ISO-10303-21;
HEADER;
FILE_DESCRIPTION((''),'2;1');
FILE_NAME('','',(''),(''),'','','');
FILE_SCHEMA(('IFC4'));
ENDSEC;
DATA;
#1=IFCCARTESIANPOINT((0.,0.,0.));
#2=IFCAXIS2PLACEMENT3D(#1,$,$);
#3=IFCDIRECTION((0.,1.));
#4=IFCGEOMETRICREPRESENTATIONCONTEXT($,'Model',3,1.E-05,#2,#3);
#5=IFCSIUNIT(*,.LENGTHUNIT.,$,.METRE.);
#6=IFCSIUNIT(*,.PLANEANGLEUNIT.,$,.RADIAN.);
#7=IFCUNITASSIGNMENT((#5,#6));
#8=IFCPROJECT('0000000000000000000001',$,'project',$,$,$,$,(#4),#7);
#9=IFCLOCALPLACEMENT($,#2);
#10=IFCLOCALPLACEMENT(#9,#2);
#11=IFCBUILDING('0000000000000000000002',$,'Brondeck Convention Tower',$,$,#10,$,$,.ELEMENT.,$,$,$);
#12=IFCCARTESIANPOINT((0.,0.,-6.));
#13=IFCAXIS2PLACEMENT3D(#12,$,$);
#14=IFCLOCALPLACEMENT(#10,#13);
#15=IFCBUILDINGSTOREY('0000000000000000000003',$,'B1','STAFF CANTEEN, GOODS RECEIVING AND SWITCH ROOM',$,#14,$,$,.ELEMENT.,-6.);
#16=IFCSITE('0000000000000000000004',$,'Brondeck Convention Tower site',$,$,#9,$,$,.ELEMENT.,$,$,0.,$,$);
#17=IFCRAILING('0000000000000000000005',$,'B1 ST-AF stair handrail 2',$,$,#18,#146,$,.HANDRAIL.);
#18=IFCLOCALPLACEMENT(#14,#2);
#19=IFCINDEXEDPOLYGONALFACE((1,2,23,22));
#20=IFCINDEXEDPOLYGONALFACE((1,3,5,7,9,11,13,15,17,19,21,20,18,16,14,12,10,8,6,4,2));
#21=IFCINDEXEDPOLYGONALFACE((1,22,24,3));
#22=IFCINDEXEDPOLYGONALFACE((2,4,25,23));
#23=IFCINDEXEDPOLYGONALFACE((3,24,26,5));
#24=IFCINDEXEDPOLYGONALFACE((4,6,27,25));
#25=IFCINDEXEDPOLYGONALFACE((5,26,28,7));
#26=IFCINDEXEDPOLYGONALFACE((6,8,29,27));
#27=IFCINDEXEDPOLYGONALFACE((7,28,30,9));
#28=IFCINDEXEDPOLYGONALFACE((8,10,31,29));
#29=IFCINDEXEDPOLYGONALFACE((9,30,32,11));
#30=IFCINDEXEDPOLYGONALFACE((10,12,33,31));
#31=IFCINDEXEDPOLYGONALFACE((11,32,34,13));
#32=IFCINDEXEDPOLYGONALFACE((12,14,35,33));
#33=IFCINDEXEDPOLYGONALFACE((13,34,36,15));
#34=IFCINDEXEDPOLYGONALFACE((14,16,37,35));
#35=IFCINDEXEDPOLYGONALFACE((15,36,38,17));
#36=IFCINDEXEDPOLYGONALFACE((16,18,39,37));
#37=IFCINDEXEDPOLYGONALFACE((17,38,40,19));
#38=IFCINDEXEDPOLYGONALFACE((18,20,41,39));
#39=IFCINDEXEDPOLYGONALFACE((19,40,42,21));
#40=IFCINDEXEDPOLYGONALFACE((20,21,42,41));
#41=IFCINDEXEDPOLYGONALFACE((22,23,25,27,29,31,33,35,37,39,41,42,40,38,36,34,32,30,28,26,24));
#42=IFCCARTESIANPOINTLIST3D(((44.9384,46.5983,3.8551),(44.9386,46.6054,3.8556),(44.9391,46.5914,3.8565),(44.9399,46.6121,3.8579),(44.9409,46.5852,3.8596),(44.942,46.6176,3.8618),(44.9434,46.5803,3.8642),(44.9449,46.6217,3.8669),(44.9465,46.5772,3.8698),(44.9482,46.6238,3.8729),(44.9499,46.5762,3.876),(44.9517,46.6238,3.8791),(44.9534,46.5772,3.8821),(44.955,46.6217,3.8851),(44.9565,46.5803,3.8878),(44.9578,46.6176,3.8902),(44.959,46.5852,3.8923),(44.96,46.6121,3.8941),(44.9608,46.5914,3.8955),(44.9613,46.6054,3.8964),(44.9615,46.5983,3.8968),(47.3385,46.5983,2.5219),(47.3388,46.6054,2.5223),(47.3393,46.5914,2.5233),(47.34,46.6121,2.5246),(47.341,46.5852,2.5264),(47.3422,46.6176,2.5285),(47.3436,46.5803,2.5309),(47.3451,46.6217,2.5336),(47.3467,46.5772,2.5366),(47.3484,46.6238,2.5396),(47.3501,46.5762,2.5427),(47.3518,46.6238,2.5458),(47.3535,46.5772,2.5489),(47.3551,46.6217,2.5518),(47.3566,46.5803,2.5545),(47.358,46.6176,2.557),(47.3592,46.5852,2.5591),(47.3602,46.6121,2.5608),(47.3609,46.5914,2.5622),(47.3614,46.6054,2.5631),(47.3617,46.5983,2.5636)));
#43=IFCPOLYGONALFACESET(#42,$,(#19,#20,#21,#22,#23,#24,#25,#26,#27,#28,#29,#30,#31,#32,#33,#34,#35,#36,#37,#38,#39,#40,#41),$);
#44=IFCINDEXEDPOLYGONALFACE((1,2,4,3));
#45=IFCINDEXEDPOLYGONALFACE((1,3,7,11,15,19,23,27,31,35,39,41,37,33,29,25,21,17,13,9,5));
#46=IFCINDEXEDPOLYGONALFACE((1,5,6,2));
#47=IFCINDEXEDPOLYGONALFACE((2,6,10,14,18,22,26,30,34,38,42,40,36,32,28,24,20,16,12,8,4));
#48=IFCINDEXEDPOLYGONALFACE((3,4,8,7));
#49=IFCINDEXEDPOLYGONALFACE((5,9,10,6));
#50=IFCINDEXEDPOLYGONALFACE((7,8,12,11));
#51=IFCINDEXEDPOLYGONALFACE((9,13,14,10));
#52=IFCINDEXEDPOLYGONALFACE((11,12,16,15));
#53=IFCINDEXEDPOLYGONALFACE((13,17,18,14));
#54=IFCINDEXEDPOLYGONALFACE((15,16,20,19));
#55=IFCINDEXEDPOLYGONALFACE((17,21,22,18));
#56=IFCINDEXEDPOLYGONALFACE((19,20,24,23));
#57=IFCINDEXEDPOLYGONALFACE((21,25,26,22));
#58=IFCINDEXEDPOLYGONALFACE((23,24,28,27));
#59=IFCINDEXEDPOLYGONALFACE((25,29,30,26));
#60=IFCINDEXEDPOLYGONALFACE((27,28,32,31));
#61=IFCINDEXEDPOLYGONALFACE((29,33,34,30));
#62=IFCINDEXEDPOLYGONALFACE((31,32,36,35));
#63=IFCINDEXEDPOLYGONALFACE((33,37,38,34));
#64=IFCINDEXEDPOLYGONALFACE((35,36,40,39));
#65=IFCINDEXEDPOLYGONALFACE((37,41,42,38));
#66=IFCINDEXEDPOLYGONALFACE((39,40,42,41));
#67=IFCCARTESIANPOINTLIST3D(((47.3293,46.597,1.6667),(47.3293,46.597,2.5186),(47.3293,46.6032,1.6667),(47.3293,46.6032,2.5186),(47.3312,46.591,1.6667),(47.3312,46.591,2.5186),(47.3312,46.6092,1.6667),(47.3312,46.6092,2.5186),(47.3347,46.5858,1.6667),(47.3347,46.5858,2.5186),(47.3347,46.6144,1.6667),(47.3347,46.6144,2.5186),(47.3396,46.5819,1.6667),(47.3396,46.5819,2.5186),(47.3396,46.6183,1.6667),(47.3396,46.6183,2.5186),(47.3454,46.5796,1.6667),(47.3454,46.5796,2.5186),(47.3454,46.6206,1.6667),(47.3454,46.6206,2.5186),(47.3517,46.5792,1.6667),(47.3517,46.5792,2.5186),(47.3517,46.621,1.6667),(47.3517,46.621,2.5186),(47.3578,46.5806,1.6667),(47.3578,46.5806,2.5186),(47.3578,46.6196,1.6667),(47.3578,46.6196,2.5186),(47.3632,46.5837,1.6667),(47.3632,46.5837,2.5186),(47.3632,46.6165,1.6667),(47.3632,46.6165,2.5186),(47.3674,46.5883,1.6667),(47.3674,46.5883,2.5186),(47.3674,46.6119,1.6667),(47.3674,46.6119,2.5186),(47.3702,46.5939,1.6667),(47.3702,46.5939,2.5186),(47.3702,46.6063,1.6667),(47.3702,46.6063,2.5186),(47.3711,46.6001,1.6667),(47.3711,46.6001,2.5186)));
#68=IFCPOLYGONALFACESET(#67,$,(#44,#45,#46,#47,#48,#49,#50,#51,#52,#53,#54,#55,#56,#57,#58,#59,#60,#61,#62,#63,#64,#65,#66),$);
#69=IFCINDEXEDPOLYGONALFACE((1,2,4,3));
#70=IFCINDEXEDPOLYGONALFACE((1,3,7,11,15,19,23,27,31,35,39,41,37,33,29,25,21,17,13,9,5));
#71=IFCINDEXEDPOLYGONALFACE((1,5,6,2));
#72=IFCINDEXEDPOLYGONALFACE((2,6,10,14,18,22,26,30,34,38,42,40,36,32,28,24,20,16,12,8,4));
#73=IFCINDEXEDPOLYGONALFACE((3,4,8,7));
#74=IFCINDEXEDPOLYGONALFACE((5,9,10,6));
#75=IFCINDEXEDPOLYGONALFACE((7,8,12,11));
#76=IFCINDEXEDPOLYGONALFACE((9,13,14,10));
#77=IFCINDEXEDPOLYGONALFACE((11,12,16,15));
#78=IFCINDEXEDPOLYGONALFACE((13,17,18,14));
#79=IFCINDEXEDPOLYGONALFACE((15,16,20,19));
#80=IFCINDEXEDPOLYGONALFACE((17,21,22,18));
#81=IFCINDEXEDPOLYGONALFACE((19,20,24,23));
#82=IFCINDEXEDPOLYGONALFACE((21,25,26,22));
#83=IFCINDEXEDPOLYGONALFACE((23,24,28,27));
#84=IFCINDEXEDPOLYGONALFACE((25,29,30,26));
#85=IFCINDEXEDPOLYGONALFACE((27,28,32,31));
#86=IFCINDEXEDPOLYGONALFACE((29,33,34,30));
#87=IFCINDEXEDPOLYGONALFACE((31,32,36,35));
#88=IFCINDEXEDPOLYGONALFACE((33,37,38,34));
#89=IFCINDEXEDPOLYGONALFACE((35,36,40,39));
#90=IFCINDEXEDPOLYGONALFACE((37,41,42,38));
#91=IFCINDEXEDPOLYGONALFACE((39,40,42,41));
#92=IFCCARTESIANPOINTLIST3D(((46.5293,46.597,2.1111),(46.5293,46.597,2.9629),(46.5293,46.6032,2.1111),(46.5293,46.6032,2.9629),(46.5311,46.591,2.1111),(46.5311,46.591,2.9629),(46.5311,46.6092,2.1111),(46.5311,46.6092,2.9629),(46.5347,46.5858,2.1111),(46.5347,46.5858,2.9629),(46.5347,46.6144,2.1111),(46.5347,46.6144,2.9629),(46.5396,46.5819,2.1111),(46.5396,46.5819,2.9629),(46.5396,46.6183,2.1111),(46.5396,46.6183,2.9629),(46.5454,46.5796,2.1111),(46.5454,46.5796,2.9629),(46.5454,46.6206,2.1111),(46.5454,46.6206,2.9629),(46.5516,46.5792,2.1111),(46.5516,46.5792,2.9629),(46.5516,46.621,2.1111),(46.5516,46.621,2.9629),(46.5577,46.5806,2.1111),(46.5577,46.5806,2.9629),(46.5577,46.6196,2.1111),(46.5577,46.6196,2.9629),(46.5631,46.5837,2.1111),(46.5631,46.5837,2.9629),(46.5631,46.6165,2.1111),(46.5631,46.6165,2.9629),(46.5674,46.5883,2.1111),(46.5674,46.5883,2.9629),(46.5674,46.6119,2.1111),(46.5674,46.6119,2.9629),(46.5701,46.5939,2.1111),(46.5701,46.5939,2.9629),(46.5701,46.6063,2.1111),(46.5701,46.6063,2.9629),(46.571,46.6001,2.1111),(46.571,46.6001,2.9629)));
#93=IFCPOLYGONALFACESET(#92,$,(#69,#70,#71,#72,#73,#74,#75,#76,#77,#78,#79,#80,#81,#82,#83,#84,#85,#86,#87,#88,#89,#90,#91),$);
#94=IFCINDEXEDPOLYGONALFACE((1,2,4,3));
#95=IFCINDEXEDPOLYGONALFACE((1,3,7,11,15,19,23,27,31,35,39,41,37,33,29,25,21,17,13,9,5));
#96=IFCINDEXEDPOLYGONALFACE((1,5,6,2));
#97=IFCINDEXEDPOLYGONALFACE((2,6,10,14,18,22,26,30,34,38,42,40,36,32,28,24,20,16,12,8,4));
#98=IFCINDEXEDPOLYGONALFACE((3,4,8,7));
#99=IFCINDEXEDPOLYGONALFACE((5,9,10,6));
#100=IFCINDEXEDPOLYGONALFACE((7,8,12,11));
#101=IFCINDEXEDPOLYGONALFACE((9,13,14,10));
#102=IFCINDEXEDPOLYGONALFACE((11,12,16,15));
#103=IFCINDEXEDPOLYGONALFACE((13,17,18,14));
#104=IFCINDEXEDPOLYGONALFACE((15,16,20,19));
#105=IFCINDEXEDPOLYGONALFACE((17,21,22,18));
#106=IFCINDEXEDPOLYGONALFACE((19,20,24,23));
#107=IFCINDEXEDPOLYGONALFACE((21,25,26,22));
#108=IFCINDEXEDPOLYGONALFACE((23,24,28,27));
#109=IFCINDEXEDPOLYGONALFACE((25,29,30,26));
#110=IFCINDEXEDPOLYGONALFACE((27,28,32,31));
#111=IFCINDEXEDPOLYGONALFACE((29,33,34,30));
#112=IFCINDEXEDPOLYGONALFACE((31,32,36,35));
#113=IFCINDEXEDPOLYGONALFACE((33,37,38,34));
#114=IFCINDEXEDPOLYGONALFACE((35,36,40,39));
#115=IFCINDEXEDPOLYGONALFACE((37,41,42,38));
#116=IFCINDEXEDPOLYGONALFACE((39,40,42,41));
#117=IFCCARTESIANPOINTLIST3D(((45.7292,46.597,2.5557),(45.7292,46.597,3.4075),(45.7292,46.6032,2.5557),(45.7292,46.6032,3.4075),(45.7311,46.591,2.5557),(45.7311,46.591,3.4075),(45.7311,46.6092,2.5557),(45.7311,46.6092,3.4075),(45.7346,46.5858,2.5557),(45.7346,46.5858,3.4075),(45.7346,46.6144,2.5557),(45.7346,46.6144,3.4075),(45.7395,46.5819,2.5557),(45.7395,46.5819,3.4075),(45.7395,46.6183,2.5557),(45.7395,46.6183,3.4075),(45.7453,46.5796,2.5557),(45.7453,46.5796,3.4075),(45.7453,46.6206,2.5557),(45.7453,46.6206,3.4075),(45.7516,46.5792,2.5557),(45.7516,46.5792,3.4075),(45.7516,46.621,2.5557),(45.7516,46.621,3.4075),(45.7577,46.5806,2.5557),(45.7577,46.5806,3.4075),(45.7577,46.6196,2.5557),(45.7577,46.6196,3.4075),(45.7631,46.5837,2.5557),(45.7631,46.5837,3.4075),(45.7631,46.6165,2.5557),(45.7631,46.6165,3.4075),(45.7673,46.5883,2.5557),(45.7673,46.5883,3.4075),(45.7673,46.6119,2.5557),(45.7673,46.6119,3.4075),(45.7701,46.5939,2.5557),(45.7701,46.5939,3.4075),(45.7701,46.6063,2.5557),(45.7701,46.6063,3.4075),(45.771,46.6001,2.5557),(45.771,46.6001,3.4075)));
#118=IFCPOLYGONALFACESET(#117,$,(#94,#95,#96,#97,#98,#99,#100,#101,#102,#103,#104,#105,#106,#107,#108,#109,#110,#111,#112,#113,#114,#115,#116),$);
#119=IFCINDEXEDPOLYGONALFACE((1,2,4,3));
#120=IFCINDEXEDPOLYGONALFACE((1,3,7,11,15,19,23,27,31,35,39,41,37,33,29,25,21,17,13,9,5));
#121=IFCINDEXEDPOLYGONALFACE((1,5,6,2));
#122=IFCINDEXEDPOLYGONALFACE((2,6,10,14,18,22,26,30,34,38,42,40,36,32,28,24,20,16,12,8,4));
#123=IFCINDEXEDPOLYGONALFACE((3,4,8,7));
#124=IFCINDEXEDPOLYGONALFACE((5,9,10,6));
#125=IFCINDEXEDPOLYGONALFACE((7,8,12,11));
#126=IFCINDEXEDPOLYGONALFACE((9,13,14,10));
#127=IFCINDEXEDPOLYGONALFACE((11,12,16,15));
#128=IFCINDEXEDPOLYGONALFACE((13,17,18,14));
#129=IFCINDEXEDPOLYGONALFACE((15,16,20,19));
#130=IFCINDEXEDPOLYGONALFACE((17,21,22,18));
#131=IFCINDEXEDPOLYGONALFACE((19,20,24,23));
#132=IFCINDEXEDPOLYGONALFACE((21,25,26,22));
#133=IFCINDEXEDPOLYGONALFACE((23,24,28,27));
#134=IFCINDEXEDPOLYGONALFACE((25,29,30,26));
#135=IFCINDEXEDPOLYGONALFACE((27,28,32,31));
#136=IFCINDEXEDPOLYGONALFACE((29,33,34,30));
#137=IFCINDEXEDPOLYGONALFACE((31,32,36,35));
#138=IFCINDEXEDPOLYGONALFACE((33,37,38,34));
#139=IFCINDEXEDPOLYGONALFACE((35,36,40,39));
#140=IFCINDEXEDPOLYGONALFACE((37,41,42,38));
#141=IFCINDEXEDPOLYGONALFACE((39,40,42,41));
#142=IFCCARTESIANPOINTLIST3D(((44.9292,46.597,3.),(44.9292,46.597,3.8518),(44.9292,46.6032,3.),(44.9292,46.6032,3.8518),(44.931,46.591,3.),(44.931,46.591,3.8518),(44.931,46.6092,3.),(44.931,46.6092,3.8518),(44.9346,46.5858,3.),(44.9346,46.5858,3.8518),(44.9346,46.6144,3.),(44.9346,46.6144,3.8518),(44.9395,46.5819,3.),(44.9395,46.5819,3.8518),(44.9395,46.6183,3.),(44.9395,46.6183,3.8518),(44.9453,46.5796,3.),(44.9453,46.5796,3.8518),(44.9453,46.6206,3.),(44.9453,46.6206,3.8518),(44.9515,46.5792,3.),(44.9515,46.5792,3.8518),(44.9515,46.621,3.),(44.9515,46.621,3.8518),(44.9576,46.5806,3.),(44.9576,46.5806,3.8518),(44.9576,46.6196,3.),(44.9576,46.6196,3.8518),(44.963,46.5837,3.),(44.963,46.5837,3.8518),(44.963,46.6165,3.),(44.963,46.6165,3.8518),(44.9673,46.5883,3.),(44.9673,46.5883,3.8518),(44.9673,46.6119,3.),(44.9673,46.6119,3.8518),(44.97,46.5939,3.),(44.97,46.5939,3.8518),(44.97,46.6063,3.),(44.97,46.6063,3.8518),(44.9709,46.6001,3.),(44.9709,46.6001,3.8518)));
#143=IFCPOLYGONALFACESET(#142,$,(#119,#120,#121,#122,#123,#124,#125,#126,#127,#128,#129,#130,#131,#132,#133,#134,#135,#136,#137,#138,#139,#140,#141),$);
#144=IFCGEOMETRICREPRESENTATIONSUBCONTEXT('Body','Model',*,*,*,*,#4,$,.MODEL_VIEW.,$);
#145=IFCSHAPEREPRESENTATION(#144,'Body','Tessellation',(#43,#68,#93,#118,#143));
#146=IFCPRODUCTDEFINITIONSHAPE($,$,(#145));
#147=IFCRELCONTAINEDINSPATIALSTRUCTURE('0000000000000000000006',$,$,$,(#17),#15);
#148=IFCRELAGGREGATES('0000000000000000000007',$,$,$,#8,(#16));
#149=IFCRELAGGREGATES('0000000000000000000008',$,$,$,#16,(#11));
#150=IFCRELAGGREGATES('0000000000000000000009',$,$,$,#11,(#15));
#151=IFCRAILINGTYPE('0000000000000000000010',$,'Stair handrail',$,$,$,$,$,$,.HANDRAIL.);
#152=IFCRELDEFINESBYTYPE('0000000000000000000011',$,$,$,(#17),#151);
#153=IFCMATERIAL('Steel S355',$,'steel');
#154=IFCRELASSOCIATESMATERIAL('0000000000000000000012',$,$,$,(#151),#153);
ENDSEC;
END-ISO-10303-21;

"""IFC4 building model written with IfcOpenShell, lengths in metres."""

from ifc_helpers import new_model, si_unit, direction, frame, origin, origin_2d, place, context, subcontext, project, spatial, circle, extrude, material, type_object, element, save


model = new_model("IFC4")

# Units and contexts
model_context = context("Model", 3, precision=1e-05, world=origin(), true_north=direction((0.0, 1.0)))
body_context = subcontext(model_context, "Body", "Model", "MODEL_VIEW")
ifc_project = project(units=[si_unit("LENGTHUNIT", "METRE"), si_unit("PLANEANGLEUNIT", "RADIAN")], contexts=[model_context])

# Site, building, storey
site_placement = place(None, origin())
site = spatial("IfcSite", under=ifc_project, at=site_placement, Name="Brondeck Convention Tower site", CompositionType="ELEMENT", RefElevation=0.0)
building_placement = place(site_placement, origin())
building = spatial("IfcBuilding", under=site, at=building_placement, Name="Brondeck Convention Tower", CompositionType="ELEMENT")
storey_placement = place(building_placement, frame((0.0, 0.0, -6.0)))
storey = spatial("IfcBuildingStorey", under=building, at=storey_placement, Name="B1", Description="STAFF CANTEEN, GOODS RECEIVING AND SWITCH ROOM", CompositionType="ELEMENT", Elevation=-6.0)

# Shared definitions
ifc_material_1 = material(Name="Steel S355", Category="steel")

# Railing
railing_type_1 = type_object("IfcRailingType", Name="Stair handrail", PredefinedType="HANDRAIL", material=ifc_material_1)
for number, where, name in (
    (1, (47.3501, 46.6001, 1.6667), "B1 ST-AF stair handrail 2"),
):
    element("IfcRailing", number, at=place(storey_placement, frame(where)), inside=storey, type_object=railing_type_1, Name=name, PredefinedType="HANDRAIL", context=body_context, shape_type="SweptSolid", body=[
        extrude(circle(Radius=0.0239, at=origin_2d()), frame((0.0, 0.0, 0.876), z_axis=(-0.874182, 0.0, 0.485598), x_axis=(0.0, -1.0, 0.0)), (0.0, 0.0, 1.0), 2.7456),
        extrude(circle(Radius=0.021, at=origin_2d()), origin(), (0.0, 0.0, 1.0), 0.8518),
        extrude(circle(Radius=0.021, at=origin_2d()), frame((-0.8, 0.0, 0.4443)), (0.0, 0.0, 1.0), 0.8518),
        extrude(circle(Radius=0.021, at=origin_2d()), frame((-1.6001, 0.0, 0.8889)), (0.0, 0.0, 1.0), 0.8518),
        extrude(circle(Radius=0.021, at=origin_2d()), frame((-2.4001, 0.0, 1.3333)), (0.0, 0.0, 1.0), 0.8518),
    ])

save(model, "model.ifc")
